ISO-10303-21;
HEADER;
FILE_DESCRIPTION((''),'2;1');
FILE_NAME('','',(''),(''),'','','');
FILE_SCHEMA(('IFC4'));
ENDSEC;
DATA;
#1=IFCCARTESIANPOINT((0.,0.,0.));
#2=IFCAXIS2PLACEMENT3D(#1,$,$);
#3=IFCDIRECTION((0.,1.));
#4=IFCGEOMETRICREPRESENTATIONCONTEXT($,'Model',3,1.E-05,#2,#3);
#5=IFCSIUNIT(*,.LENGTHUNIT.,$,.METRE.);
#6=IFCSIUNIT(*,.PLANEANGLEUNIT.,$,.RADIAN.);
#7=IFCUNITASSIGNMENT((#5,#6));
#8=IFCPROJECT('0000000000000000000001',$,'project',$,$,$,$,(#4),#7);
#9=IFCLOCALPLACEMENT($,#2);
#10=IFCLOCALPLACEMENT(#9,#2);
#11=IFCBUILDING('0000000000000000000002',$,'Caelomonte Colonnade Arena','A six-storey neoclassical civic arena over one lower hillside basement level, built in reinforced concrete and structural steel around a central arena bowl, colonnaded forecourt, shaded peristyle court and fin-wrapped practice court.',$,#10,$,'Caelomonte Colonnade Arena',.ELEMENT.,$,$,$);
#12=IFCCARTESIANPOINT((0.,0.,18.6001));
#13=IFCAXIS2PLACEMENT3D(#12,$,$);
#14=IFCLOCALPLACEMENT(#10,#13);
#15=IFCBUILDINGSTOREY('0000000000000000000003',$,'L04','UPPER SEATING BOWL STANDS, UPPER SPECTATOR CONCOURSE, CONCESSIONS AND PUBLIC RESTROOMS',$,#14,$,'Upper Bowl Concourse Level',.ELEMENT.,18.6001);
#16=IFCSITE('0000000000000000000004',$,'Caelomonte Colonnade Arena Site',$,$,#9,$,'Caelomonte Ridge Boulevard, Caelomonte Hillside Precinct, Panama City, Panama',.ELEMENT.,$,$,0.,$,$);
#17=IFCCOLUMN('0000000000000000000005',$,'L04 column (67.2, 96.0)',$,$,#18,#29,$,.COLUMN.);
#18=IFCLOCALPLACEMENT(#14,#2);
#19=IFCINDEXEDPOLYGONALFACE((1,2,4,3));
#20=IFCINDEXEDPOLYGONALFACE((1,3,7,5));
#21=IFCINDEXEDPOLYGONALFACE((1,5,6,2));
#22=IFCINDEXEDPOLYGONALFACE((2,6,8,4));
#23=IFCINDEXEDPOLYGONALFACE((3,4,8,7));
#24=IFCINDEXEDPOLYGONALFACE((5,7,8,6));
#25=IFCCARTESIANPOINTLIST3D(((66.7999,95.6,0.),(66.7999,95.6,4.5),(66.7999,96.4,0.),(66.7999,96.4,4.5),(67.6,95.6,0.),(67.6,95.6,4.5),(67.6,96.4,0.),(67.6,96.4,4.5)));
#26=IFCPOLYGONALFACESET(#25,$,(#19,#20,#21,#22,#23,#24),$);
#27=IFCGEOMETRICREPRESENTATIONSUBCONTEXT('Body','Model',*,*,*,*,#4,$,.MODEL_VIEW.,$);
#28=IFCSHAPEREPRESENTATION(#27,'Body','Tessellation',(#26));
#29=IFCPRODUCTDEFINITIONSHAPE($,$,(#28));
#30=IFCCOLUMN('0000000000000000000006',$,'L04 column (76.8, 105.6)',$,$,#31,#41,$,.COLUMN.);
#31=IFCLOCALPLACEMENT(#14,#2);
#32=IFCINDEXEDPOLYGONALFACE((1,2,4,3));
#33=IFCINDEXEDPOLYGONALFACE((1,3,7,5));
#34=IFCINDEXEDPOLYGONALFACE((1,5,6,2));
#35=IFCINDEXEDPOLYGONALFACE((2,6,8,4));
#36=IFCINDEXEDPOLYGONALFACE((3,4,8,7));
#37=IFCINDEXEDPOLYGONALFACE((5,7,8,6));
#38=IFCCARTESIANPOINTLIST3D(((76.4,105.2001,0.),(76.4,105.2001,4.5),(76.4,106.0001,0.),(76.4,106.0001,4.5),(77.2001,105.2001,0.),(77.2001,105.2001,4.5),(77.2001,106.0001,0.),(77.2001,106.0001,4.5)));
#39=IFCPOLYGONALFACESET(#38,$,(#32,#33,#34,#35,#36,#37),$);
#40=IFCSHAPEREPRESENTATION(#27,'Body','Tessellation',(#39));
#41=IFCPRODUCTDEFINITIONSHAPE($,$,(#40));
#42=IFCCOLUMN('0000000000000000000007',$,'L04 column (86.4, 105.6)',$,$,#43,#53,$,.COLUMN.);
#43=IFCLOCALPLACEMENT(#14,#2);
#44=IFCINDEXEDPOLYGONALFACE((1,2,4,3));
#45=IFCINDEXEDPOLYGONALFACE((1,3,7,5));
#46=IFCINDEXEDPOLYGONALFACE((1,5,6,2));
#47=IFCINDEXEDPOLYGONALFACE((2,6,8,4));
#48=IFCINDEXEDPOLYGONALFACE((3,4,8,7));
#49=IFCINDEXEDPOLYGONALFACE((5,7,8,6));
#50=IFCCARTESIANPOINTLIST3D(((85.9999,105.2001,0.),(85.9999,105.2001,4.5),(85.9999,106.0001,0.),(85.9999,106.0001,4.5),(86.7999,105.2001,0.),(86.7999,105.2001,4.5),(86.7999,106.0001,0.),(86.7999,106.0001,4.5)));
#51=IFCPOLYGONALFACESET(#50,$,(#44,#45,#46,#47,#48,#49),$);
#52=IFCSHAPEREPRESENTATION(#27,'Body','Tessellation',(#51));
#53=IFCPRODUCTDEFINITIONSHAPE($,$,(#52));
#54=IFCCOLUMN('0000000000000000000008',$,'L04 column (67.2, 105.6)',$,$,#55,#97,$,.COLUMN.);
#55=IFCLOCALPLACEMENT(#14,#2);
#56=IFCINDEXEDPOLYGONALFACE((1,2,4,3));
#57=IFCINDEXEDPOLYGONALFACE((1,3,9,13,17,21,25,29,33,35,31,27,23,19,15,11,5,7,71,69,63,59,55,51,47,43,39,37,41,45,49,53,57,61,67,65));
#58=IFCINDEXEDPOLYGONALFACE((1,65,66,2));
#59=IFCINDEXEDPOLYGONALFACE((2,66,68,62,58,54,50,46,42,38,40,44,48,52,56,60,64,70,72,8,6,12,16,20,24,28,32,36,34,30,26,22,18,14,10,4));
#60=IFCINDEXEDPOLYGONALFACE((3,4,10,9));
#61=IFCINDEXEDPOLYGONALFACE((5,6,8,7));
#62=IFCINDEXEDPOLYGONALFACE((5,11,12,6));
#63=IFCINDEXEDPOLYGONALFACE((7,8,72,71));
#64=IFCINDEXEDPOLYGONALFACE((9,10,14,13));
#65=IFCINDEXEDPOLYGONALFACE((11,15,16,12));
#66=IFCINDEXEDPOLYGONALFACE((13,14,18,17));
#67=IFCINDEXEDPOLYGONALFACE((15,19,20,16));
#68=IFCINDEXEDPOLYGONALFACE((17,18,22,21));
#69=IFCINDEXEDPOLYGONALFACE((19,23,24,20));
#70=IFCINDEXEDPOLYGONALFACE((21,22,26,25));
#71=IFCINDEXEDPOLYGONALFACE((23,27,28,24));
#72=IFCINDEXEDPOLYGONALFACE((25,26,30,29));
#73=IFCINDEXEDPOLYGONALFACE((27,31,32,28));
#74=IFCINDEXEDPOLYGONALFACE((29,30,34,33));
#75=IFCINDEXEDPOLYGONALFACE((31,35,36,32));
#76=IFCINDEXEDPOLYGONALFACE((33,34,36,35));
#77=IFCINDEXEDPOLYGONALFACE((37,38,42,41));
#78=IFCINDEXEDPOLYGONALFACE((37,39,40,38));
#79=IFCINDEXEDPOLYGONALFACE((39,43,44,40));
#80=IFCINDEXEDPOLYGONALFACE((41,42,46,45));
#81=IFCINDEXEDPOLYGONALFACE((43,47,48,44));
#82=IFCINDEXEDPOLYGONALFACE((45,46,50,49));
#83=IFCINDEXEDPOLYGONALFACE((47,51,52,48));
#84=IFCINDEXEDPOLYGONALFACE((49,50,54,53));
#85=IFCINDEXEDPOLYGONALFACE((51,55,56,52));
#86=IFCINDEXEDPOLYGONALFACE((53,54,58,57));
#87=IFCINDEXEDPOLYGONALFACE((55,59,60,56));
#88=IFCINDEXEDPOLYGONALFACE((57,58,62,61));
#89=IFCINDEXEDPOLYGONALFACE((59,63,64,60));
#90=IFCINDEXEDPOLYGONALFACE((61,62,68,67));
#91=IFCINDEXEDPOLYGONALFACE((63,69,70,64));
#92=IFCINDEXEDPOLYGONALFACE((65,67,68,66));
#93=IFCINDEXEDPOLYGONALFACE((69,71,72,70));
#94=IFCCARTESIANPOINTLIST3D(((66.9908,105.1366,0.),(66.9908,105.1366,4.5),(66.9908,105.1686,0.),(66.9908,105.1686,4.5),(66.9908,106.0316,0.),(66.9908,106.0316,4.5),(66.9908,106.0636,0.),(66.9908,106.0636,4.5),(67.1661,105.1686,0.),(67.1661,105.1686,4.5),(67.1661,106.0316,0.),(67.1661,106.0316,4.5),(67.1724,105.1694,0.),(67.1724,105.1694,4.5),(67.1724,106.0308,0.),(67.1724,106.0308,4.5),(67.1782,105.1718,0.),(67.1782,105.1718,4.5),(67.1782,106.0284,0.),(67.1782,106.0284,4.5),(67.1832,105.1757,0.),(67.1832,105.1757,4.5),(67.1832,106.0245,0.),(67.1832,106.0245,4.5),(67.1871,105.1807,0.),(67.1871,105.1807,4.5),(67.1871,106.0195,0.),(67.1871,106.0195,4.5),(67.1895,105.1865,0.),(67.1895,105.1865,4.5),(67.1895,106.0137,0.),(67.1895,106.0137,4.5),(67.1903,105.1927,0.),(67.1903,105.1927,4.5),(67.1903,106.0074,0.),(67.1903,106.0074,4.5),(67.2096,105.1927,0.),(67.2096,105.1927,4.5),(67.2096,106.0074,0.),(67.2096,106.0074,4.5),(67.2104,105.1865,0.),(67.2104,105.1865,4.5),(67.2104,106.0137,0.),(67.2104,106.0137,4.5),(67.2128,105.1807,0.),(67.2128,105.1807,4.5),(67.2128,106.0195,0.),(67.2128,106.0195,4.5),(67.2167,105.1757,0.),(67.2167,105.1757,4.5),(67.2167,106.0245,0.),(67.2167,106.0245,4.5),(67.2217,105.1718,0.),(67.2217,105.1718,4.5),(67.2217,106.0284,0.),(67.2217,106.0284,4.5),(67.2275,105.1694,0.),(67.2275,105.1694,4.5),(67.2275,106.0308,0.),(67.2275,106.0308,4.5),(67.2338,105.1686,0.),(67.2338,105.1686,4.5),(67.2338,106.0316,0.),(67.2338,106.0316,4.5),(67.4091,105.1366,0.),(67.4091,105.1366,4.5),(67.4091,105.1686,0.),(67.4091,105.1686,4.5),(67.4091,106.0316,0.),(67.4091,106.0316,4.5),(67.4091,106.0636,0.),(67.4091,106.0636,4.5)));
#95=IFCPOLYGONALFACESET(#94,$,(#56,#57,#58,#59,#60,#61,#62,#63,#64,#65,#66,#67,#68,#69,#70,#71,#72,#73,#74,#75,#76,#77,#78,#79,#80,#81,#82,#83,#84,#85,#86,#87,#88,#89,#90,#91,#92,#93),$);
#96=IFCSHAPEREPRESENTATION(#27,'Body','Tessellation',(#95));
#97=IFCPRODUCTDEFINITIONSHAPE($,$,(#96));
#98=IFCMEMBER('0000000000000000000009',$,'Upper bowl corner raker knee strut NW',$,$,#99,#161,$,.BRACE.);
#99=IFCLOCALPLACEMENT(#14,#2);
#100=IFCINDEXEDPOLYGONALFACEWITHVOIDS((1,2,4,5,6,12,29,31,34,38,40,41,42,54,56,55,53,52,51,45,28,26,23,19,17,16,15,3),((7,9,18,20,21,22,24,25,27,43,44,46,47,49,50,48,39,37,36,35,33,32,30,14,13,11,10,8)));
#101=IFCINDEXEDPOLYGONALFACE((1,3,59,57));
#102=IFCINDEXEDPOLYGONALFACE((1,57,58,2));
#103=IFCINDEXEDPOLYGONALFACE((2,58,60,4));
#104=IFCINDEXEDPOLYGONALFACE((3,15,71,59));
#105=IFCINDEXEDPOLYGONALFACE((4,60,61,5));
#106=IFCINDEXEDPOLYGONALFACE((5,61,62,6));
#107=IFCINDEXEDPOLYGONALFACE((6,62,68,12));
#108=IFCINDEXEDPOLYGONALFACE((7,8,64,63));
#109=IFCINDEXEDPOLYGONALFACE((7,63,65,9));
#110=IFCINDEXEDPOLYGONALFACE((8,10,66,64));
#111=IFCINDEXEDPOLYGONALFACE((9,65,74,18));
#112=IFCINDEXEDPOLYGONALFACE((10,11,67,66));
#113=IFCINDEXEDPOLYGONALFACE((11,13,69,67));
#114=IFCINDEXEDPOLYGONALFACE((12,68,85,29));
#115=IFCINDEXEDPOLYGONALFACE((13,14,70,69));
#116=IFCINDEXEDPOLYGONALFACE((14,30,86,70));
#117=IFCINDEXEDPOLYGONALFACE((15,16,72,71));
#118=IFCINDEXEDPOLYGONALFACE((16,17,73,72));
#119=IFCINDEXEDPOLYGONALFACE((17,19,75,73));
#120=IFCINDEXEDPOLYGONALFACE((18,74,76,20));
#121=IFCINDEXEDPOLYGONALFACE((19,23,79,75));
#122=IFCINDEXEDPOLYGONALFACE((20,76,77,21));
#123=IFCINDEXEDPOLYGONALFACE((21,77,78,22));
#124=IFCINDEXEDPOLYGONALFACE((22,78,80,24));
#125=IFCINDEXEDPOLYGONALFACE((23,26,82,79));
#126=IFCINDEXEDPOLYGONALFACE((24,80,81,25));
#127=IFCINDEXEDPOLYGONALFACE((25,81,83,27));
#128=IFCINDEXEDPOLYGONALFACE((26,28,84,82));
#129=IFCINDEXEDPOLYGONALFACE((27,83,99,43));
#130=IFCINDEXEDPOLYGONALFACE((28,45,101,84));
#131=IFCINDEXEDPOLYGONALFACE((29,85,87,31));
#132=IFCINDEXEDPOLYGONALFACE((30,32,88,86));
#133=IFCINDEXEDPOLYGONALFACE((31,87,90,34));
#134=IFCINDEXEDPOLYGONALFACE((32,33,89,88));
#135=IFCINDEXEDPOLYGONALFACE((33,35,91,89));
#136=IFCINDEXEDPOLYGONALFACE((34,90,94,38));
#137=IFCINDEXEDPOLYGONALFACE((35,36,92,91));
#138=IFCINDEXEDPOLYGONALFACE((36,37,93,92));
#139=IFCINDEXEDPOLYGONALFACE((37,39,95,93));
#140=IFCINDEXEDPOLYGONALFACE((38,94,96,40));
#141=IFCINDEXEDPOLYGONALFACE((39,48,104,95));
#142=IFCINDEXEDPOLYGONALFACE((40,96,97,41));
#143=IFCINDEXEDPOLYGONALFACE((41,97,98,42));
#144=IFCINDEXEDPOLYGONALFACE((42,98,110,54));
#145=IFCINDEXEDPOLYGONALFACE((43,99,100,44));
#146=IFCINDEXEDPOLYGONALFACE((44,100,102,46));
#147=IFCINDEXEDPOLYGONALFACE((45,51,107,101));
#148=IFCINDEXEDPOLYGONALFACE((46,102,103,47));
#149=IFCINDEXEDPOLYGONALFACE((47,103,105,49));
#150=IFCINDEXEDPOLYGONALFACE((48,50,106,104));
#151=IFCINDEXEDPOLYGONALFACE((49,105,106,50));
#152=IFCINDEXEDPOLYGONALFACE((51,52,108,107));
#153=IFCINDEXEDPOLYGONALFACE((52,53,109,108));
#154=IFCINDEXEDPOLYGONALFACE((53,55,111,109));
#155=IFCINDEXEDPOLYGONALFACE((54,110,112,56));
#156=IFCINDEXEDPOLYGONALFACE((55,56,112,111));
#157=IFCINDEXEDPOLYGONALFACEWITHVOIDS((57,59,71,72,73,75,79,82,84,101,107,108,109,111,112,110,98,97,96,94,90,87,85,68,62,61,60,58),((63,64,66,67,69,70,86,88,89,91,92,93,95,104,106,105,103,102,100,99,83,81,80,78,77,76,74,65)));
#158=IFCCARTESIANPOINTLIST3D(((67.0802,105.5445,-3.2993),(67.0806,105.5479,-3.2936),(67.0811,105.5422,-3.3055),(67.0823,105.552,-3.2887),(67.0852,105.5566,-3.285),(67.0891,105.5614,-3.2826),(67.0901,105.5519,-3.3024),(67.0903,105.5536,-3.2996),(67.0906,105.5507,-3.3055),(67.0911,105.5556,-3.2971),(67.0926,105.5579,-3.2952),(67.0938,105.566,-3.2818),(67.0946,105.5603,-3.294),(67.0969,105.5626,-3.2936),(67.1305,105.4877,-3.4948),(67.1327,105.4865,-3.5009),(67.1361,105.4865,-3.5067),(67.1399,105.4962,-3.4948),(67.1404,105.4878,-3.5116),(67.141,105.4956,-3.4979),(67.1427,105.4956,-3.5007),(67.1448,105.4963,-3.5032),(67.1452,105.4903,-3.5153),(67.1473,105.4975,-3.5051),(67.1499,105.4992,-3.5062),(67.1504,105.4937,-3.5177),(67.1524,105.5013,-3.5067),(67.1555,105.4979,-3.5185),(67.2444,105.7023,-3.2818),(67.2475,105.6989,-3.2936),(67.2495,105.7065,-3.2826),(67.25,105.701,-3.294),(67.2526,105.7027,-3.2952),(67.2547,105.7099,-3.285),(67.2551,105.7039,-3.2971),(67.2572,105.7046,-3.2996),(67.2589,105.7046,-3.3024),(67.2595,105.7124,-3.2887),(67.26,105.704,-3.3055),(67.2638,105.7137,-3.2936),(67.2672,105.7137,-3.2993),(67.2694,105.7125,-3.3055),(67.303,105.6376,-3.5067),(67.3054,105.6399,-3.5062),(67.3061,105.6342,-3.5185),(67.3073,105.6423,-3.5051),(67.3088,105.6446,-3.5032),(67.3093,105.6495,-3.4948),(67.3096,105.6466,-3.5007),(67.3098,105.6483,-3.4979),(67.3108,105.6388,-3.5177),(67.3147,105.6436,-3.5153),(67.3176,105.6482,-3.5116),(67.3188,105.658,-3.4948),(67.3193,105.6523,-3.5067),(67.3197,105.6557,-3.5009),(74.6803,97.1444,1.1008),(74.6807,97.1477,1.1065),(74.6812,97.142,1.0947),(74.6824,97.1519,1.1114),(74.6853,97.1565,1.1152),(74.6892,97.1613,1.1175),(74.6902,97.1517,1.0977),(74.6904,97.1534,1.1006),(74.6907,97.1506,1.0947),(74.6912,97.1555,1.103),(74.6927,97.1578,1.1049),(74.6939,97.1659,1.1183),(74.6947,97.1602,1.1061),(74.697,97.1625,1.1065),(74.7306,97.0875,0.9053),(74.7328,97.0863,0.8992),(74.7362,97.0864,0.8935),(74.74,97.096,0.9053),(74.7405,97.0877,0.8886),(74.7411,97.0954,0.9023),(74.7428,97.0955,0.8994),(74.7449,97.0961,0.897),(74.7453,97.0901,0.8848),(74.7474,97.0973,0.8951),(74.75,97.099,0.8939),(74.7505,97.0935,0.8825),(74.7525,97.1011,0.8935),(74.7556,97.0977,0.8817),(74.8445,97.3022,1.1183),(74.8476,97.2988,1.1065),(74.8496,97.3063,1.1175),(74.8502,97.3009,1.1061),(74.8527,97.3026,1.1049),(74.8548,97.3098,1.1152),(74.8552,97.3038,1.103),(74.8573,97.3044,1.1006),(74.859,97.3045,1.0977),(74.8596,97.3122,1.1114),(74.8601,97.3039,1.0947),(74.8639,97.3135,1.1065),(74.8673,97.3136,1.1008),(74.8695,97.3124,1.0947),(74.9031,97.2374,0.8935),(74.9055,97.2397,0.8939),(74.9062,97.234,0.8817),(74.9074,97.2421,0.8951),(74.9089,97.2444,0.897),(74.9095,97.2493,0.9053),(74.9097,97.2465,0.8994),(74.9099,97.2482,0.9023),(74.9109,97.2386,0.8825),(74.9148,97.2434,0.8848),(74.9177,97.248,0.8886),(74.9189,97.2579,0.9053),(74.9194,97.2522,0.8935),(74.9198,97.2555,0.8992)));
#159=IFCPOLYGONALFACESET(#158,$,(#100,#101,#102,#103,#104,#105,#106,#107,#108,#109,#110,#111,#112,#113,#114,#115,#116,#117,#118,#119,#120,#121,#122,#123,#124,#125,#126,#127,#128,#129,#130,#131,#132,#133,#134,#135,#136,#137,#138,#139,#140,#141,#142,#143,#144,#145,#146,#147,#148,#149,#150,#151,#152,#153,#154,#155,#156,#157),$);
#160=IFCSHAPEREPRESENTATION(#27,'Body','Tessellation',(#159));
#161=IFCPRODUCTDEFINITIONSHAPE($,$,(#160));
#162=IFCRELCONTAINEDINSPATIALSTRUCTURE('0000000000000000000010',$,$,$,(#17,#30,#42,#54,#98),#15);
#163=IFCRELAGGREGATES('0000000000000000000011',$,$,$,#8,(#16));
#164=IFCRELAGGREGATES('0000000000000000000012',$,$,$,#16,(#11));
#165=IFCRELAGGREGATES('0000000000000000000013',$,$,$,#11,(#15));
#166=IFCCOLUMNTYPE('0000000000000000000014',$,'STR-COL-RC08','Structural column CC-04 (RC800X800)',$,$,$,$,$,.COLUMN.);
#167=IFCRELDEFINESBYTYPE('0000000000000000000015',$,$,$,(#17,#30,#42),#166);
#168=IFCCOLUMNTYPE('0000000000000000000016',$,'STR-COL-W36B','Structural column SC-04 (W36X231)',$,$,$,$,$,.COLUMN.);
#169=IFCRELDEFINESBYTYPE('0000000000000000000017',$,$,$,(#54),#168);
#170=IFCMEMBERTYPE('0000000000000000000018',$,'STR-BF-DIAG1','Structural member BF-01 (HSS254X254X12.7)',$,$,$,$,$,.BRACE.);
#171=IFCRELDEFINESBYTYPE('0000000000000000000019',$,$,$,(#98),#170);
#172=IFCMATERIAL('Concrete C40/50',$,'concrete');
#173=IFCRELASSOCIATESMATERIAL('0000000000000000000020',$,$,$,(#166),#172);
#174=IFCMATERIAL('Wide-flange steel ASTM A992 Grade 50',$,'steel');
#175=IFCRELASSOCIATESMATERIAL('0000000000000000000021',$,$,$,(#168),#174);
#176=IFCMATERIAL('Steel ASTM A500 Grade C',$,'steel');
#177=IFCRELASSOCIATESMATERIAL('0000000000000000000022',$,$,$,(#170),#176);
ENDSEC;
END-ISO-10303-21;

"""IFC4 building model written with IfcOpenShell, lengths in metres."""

from ifc_helpers import new_model, si_unit, direction, frame, origin, origin_2d, place, context, subcontext, project, spatial, rectangle, hollow_rectangle, i_section, extrude, material, material_profile, profile_set, type_object, element, save


model = new_model("IFC4")

# Units and contexts
model_context = context("Model", 3, precision=1e-05, world=origin(), true_north=direction((0.0, 1.0)))
body_context = subcontext(model_context, "Body", "Model", "MODEL_VIEW")
ifc_project = project(units=[si_unit("LENGTHUNIT", "METRE"), si_unit("PLANEANGLEUNIT", "RADIAN")], contexts=[model_context])

# Site, building, storey
site_placement = place(None, origin())
site = spatial("IfcSite", under=ifc_project, at=site_placement, Name="Caelomonte Colonnade Arena Site", LongName="Caelomonte Ridge Boulevard, Caelomonte Hillside Precinct, Panama City, Panama", CompositionType="ELEMENT", RefElevation=0.0)
building_placement = place(site_placement, origin())
building = spatial("IfcBuilding", under=site, at=building_placement, Name="Caelomonte Colonnade Arena", Description="A six-storey neoclassical civic arena over one lower hillside basement level, built in reinforced concrete and structural steel around a central arena bowl, colonnaded forecourt, shaded peristyle court and fin-wrapped practice court.", LongName="Caelomonte Colonnade Arena", CompositionType="ELEMENT")
storey_placement = place(building_placement, frame((0.0, 0.0, 18.6001)))
storey = spatial("IfcBuildingStorey", under=building, at=storey_placement, Name="L04", Description="UPPER SEATING BOWL STANDS, UPPER SPECTATOR CONCOURSE, CONCESSIONS AND PUBLIC RESTROOMS", LongName="Upper Bowl Concourse Level", CompositionType="ELEMENT", Elevation=18.6001)

# Columns
ifc_material_1 = material(Name="Concrete C40/50", Category="concrete")
ifc_material_profile_1 = material_profile(ifc_material_1, rectangle(XDim=0.8, YDim=0.8, at=origin_2d()), Name="RC800X800")
ifc_profile_set_1 = profile_set([ifc_material_profile_1], Name="Concrete C40/50")
column_type_1 = type_object("IfcColumnType", Name="STR-COL-RC08", Description="Structural column CC-04 (RC800X800)", PredefinedType="COLUMN", material=ifc_profile_set_1)
for number, where, z_axis, x_axis, name in (
    (1, (67.2, 96.0, 0.0), (0.0, 0.0, 1.0), (1.0, 0.0, 0.0), "L04 column (67.2, 96.0)"),
    (2, (76.8, 105.6001, 0.0), (0.0, 0.0, 1.0), (1.0, 0.0, 0.0), "L04 column (76.8, 105.6)"),
    (3, (86.3999, 105.6001, 0.0), (0.0, 0.0, 1.0), (1.0, 0.0, 0.0), "L04 column (86.4, 105.6)"),
):
    element("IfcColumn", number, at=place(storey_placement, frame(where, z_axis=z_axis, x_axis=x_axis)), inside=storey, type_object=column_type_1, Name=name, PredefinedType="COLUMN", context=body_context, shape_type="SweptSolid", body=[
        extrude(rectangle(XDim=0.8, YDim=0.8, at=origin_2d()), origin(), (0.0, 0.0, 1.0), 4.5),
    ])
ifc_material_2 = material(Name="Wide-flange steel ASTM A992 Grade 50", Category="steel")
ifc_material_profile_2 = material_profile(ifc_material_2, i_section(OverallWidth=0.4182, OverallDepth=0.927, WebThickness=0.0193, FlangeThickness=0.032, FilletRadius=0.0242, at=origin_2d()), Name="W36X231")
ifc_profile_set_2 = profile_set([ifc_material_profile_2], Name="Wide-flange steel ASTM A992 Grade 50")
column_type_2 = type_object("IfcColumnType", Name="STR-COL-W36B", Description="Structural column SC-04 (W36X231)", PredefinedType="COLUMN", material=ifc_profile_set_2)
column_placement = place(storey_placement, frame((67.2, 105.6001, 0.0), z_axis=(0.0, 0.0, 1.0), x_axis=(1.0, 0.0, 0.0)))
element("IfcColumn", 4, at=column_placement, inside=storey, type_object=column_type_2, Name="L04 column (67.2, 105.6)", PredefinedType="COLUMN", context=body_context, shape_type="SweptSolid", body=[
    extrude(i_section(OverallWidth=0.4182, OverallDepth=0.927, WebThickness=0.0193, FlangeThickness=0.032, FilletRadius=0.0242, at=origin_2d()), origin(), (0.0, 0.0, 1.0), 4.5),
])

# Member
ifc_material_3 = material(Name="Steel ASTM A500 Grade C", Category="steel")
ifc_material_profile_3 = material_profile(ifc_material_3, hollow_rectangle(XDim=0.2539, YDim=0.2539, WallThickness=0.0127, InnerFilletRadius=0.0127, OuterFilletRadius=0.0254, at=origin_2d()), Name="HSS254X254X12.7")
ifc_profile_set_3 = profile_set([ifc_material_profile_3], Name="Steel ASTM A500 Grade C")
member_type = type_object("IfcMemberType", Name="STR-BF-DIAG1", Description="Structural member BF-01 (HSS254X254X12.7)", PredefinedType="BRACE", material=ifc_profile_set_3)
member_placement = place(storey_placement, frame((67.2, 105.6001, -3.4001), z_axis=(0.62539, -0.691223, 0.362075), x_axis=(0.741537, 0.670912, 0.0)))
element("IfcMember", 5, at=member_placement, inside=storey, type_object=member_type, Name="Upper bowl corner raker knee strut NW", PredefinedType="BRACE", context=body_context, shape_type="SweptSolid", body=[
    extrude(hollow_rectangle(XDim=0.2539, YDim=0.2539, WallThickness=0.0127, InnerFilletRadius=0.0127, OuterFilletRadius=0.0254, at=origin_2d()), origin(), (0.0, 0.0, 1.0), 12.1526),
])

save(model, "model.ifc")
